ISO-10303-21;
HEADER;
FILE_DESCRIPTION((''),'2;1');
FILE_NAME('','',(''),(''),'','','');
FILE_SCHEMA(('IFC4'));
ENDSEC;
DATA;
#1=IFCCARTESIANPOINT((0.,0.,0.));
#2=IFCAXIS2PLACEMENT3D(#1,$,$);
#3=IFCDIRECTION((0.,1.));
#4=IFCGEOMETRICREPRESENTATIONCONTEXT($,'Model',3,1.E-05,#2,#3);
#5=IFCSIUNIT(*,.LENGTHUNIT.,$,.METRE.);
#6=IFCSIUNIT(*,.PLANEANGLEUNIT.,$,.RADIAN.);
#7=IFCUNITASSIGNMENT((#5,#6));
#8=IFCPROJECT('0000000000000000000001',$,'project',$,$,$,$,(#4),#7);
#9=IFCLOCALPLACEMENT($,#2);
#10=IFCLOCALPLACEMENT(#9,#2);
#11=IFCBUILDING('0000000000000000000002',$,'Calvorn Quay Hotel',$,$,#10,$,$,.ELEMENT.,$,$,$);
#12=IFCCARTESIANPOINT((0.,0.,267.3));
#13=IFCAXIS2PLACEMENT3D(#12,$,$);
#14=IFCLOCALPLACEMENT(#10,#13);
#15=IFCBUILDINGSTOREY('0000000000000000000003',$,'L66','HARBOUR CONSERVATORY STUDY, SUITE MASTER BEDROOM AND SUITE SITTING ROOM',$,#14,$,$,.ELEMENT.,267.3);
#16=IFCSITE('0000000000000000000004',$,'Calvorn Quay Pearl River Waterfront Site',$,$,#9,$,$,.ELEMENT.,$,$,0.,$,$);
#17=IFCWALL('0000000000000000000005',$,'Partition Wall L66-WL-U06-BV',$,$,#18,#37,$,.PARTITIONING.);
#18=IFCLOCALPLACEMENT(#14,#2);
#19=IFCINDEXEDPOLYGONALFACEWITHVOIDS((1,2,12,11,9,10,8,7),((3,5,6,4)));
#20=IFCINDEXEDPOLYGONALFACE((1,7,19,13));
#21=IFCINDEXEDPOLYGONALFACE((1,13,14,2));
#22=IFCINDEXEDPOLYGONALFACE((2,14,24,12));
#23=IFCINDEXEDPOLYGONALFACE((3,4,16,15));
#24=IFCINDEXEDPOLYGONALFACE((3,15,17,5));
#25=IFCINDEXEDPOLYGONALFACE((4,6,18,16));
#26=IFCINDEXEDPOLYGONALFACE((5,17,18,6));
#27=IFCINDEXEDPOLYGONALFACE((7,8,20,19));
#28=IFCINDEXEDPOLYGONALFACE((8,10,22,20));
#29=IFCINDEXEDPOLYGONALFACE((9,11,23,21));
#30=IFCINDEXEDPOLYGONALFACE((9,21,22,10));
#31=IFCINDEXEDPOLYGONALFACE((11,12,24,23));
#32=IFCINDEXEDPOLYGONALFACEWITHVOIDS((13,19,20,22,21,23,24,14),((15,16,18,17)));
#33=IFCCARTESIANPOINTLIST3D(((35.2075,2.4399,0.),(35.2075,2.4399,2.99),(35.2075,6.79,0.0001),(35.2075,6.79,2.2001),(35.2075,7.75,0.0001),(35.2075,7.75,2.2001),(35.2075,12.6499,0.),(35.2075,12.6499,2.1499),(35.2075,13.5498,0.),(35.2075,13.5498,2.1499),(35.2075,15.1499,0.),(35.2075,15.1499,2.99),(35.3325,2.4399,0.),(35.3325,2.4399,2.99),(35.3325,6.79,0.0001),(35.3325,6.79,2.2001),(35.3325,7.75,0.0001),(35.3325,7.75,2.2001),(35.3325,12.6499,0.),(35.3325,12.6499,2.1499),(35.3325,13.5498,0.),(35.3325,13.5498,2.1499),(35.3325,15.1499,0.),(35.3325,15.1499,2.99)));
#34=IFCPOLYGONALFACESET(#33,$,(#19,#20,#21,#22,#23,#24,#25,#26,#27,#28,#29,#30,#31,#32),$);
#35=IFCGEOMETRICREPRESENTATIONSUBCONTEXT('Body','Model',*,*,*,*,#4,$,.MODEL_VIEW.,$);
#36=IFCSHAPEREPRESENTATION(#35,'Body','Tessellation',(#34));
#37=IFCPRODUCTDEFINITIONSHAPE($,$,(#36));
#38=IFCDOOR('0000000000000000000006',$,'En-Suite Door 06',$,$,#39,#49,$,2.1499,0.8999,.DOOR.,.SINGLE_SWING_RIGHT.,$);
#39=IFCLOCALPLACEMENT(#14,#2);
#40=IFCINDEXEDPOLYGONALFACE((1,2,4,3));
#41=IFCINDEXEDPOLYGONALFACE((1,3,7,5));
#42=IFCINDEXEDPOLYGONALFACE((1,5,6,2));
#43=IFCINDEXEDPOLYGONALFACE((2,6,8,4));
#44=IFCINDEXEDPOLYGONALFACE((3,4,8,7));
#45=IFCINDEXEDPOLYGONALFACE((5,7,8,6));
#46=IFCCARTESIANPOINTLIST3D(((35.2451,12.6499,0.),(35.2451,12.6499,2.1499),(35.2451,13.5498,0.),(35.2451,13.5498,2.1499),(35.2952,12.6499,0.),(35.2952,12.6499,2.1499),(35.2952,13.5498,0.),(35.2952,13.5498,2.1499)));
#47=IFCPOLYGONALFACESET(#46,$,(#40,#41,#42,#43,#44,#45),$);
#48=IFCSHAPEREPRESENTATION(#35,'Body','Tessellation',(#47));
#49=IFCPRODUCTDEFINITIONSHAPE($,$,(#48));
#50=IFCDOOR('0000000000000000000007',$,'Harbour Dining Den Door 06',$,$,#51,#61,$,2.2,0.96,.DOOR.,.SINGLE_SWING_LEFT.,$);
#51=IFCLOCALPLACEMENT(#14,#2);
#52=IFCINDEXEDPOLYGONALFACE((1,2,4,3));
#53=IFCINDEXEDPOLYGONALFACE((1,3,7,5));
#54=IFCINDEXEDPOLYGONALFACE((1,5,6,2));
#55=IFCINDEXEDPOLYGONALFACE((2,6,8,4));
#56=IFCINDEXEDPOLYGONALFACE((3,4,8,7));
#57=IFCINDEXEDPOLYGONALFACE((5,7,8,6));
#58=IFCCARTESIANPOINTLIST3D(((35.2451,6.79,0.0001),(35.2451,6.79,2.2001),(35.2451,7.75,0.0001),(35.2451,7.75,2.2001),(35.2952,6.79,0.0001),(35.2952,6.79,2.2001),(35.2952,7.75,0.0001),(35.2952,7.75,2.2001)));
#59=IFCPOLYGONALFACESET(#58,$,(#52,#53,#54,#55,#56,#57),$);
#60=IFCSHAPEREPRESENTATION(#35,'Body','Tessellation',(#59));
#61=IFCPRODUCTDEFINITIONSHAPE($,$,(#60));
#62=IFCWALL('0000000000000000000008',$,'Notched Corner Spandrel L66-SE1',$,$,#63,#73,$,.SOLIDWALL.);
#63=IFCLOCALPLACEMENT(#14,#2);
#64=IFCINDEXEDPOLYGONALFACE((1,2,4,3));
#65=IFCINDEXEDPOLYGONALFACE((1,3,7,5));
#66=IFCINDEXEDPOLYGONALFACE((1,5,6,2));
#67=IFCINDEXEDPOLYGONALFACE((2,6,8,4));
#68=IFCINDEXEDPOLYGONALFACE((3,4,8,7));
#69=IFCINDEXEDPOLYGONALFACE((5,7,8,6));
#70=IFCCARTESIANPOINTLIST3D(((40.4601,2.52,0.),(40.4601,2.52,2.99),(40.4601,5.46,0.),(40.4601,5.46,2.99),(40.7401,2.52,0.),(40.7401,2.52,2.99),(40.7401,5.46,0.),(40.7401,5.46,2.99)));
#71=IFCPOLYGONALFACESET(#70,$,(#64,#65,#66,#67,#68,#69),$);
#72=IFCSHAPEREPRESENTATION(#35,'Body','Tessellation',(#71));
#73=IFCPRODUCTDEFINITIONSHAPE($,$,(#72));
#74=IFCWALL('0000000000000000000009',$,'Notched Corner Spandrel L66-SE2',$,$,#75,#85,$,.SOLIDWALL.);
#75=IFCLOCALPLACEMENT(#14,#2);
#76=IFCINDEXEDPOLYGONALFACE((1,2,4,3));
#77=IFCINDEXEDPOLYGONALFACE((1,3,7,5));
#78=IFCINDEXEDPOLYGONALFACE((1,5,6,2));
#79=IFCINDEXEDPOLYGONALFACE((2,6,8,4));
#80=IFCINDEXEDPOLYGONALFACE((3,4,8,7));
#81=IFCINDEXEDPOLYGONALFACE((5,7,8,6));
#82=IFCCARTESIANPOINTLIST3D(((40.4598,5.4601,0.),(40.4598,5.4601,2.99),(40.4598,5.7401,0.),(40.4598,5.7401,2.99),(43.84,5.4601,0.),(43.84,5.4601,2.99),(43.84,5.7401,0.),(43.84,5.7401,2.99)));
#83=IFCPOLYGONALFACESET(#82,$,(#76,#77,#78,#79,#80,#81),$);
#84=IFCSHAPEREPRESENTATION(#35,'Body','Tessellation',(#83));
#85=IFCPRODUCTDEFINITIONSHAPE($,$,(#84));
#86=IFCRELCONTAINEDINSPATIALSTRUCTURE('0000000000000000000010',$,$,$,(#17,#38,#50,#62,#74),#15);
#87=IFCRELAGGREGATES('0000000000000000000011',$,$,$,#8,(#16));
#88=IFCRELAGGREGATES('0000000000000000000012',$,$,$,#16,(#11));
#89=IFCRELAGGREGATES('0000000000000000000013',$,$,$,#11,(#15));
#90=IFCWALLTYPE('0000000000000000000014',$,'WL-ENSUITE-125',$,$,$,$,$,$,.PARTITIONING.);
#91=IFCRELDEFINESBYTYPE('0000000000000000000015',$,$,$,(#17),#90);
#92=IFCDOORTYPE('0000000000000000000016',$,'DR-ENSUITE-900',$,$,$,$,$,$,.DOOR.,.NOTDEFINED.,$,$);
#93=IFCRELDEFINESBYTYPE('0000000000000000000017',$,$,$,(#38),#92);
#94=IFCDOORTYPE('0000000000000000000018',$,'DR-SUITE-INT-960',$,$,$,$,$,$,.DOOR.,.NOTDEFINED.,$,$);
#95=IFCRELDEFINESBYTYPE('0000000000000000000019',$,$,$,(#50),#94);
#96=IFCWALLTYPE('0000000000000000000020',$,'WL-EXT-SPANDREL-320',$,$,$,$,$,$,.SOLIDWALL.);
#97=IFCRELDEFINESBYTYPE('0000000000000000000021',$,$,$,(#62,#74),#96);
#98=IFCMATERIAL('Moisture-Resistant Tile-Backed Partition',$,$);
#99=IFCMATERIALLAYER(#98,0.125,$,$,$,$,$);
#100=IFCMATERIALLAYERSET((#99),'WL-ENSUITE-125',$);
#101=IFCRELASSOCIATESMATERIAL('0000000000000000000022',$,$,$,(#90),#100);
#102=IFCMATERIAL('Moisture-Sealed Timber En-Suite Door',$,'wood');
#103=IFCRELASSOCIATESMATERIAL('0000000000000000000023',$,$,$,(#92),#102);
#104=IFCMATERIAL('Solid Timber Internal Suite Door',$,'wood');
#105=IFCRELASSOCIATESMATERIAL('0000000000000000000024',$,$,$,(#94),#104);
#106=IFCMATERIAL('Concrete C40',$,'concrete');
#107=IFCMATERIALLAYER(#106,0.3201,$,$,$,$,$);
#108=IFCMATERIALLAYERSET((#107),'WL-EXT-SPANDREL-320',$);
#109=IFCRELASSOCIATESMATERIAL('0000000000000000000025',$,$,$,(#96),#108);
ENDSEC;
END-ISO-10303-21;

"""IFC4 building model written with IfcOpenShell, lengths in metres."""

from ifc_helpers import new_model, si_unit, direction, frame, frame_2d, origin, place, context, subcontext, project, spatial, rectangle, extrude, material, layer, layer_set, type_object, element, fill, save


model = new_model("IFC4")

# Units and contexts
model_context = context("Model", 3, precision=1e-05, world=origin(), true_north=direction((0.0, 1.0)))
body_context = subcontext(model_context, "Body", "Model", "MODEL_VIEW")
ifc_project = project(units=[si_unit("LENGTHUNIT", "METRE"), si_unit("PLANEANGLEUNIT", "RADIAN")], contexts=[model_context])

# Site, building, storey
site_placement = place(None, origin())
site = spatial("IfcSite", under=ifc_project, at=site_placement, Name="Calvorn Quay Pearl River Waterfront Site", CompositionType="ELEMENT", RefElevation=0.0)
building_placement = place(site_placement, origin())
building = spatial("IfcBuilding", under=site, at=building_placement, Name="Calvorn Quay Hotel", CompositionType="ELEMENT")
storey_placement = place(building_placement, frame((0.0, 0.0, 267.3)))
storey = spatial("IfcBuildingStorey", under=building, at=storey_placement, Name="L66", Description="HARBOUR CONSERVATORY STUDY, SUITE MASTER BEDROOM AND SUITE SITTING ROOM", CompositionType="ELEMENT", Elevation=267.3)

# Wall, openings, doors
ifc_material_1 = material(Name="Moisture-Resistant Tile-Backed Partition")
ifc_layer_1 = layer(ifc_material_1, 0.125)
ifc_layer_set_1 = layer_set([ifc_layer_1], Name="WL-ENSUITE-125")
wall_type_1 = type_object("IfcWallType", Name="WL-ENSUITE-125", PredefinedType="PARTITIONING", material=ifc_layer_set_1)
wall_1_placement = place(storey_placement, frame((35.27, 2.4399, 0.0), z_axis=(0.0, 0.0, 1.0), x_axis=(0.0, 1.0, 0.0)))
wall_1 = element("IfcWall", 1, at=wall_1_placement, inside=storey, type_object=wall_type_1, Name="Partition Wall L66-WL-U06-BV", PredefinedType="PARTITIONING", context=body_context, shape_type="SweptSolid", body=[
    extrude(rectangle(XDim=12.71, YDim=0.125, at=frame_2d((6.355, 0.0))), origin(), (0.0, 0.0, 1.0), 2.99),
])
opening_1_placement = place(wall_1_placement, frame((4.3501, 0.0, 0.0)))
opening_1 = element("IfcOpeningElement", 2, at=opening_1_placement, cuts=wall_1, PredefinedType="OPENING", context=body_context, shape_type="SweptSolid", body=[
    extrude(rectangle(XDim=0.96, YDim=2.2, at=frame_2d((0.48, 1.1001))), frame((0.0, 0.0725, 0.0), z_axis=(0.0, -1.0, 0.0), x_axis=(1.0, 0.0, 0.0)), (0.0, 0.0, 1.0), 0.145),
])
opening_2_placement = place(wall_1_placement, frame((10.21, 0.0, 0.0)))
opening_2 = element("IfcOpeningElement", 3, at=opening_2_placement, cuts=wall_1, PredefinedType="OPENING", context=body_context, shape_type="SweptSolid", body=[
    extrude(rectangle(XDim=0.8999, YDim=2.1499, at=frame_2d((0.45, 1.075))), frame((0.0, 0.0725, 0.0), z_axis=(0.0, -1.0, 0.0), x_axis=(1.0, 0.0, 0.0)), (0.0, 0.0, 1.0), 0.145),
])
ifc_material_2 = material(Name="Moisture-Sealed Timber En-Suite Door", Category="wood")
door_type_1 = type_object("IfcDoorType", Name="DR-ENSUITE-900", OperationType="NOTDEFINED", PredefinedType="DOOR", material=ifc_material_2)
door_1_placement = place(opening_2_placement, origin())
door_1 = element("IfcDoor", 4, at=door_1_placement, inside=storey, type_object=door_type_1, Name="En-Suite Door 06", OperationType="SINGLE_SWING_RIGHT", OverallHeight=2.1499, OverallWidth=0.8999, PredefinedType="DOOR", context=body_context, shape_type="SweptSolid", body=[
    extrude(rectangle(XDim=0.8999, YDim=2.1499, at=frame_2d((0.45, 1.075))), frame((0.0, 0.0249, 0.0), z_axis=(0.0, -1.0, 0.0), x_axis=(1.0, 0.0, 0.0)), (0.0, 0.0, 1.0), 0.05),
])
fill(opening_2, door_1)
ifc_material_3 = material(Name="Solid Timber Internal Suite Door", Category="wood")
door_type_2 = type_object("IfcDoorType", Name="DR-SUITE-INT-960", OperationType="NOTDEFINED", PredefinedType="DOOR", material=ifc_material_3)
door_2_placement = place(opening_1_placement, origin())
door_2 = element("IfcDoor", 5, at=door_2_placement, inside=storey, type_object=door_type_2, Name="Harbour Dining Den Door 06", OperationType="SINGLE_SWING_LEFT", OverallHeight=2.2, OverallWidth=0.96, PredefinedType="DOOR", context=body_context, shape_type="SweptSolid", body=[
    extrude(rectangle(XDim=0.96, YDim=2.2, at=frame_2d((0.48, 1.1001))), frame((0.0, 0.0249, 0.0), z_axis=(0.0, -1.0, 0.0), x_axis=(1.0, 0.0, 0.0)), (0.0, 0.0, 1.0), 0.05),
])
fill(opening_1, door_2)

# Walls
ifc_material_4 = material(Name="Concrete C40", Category="concrete")
ifc_layer_2 = layer(ifc_material_4, 0.3201)
ifc_layer_set_2 = layer_set([ifc_layer_2], Name="WL-EXT-SPANDREL-320")
wall_type_2 = type_object("IfcWallType", Name="WL-EXT-SPANDREL-320", PredefinedType="SOLIDWALL", material=ifc_layer_set_2)
wall_2_placement = place(storey_placement, frame((40.6001, 2.52, 0.0), z_axis=(0.0, 0.0, 1.0), x_axis=(0.0, 1.0, 0.0)))
element("IfcWall", 6, at=wall_2_placement, inside=storey, type_object=wall_type_2, Name="Notched Corner Spandrel L66-SE1", PredefinedType="SOLIDWALL", context=body_context, shape_type="SweptSolid", body=[
    extrude(rectangle(XDim=2.9399, YDim=0.28, at=frame_2d((1.47, 0.0))), origin(), (0.0, 0.0, 1.0), 2.99),
])
wall_3_placement = place(storey_placement, frame((40.46, 5.6001, 0.0), z_axis=(0.0, 0.0, 1.0), x_axis=(1.0, 0.0, 0.0)))
element("IfcWall", 7, at=wall_3_placement, inside=storey, type_object=wall_type_2, Name="Notched Corner Spandrel L66-SE2", PredefinedType="SOLIDWALL", context=body_context, shape_type="SweptSolid", body=[
    extrude(rectangle(XDim=3.3801, YDim=0.28, at=frame_2d((1.6899, 0.0))), origin(), (0.0, 0.0, 1.0), 2.99),
])

save(model, "model.ifc")
